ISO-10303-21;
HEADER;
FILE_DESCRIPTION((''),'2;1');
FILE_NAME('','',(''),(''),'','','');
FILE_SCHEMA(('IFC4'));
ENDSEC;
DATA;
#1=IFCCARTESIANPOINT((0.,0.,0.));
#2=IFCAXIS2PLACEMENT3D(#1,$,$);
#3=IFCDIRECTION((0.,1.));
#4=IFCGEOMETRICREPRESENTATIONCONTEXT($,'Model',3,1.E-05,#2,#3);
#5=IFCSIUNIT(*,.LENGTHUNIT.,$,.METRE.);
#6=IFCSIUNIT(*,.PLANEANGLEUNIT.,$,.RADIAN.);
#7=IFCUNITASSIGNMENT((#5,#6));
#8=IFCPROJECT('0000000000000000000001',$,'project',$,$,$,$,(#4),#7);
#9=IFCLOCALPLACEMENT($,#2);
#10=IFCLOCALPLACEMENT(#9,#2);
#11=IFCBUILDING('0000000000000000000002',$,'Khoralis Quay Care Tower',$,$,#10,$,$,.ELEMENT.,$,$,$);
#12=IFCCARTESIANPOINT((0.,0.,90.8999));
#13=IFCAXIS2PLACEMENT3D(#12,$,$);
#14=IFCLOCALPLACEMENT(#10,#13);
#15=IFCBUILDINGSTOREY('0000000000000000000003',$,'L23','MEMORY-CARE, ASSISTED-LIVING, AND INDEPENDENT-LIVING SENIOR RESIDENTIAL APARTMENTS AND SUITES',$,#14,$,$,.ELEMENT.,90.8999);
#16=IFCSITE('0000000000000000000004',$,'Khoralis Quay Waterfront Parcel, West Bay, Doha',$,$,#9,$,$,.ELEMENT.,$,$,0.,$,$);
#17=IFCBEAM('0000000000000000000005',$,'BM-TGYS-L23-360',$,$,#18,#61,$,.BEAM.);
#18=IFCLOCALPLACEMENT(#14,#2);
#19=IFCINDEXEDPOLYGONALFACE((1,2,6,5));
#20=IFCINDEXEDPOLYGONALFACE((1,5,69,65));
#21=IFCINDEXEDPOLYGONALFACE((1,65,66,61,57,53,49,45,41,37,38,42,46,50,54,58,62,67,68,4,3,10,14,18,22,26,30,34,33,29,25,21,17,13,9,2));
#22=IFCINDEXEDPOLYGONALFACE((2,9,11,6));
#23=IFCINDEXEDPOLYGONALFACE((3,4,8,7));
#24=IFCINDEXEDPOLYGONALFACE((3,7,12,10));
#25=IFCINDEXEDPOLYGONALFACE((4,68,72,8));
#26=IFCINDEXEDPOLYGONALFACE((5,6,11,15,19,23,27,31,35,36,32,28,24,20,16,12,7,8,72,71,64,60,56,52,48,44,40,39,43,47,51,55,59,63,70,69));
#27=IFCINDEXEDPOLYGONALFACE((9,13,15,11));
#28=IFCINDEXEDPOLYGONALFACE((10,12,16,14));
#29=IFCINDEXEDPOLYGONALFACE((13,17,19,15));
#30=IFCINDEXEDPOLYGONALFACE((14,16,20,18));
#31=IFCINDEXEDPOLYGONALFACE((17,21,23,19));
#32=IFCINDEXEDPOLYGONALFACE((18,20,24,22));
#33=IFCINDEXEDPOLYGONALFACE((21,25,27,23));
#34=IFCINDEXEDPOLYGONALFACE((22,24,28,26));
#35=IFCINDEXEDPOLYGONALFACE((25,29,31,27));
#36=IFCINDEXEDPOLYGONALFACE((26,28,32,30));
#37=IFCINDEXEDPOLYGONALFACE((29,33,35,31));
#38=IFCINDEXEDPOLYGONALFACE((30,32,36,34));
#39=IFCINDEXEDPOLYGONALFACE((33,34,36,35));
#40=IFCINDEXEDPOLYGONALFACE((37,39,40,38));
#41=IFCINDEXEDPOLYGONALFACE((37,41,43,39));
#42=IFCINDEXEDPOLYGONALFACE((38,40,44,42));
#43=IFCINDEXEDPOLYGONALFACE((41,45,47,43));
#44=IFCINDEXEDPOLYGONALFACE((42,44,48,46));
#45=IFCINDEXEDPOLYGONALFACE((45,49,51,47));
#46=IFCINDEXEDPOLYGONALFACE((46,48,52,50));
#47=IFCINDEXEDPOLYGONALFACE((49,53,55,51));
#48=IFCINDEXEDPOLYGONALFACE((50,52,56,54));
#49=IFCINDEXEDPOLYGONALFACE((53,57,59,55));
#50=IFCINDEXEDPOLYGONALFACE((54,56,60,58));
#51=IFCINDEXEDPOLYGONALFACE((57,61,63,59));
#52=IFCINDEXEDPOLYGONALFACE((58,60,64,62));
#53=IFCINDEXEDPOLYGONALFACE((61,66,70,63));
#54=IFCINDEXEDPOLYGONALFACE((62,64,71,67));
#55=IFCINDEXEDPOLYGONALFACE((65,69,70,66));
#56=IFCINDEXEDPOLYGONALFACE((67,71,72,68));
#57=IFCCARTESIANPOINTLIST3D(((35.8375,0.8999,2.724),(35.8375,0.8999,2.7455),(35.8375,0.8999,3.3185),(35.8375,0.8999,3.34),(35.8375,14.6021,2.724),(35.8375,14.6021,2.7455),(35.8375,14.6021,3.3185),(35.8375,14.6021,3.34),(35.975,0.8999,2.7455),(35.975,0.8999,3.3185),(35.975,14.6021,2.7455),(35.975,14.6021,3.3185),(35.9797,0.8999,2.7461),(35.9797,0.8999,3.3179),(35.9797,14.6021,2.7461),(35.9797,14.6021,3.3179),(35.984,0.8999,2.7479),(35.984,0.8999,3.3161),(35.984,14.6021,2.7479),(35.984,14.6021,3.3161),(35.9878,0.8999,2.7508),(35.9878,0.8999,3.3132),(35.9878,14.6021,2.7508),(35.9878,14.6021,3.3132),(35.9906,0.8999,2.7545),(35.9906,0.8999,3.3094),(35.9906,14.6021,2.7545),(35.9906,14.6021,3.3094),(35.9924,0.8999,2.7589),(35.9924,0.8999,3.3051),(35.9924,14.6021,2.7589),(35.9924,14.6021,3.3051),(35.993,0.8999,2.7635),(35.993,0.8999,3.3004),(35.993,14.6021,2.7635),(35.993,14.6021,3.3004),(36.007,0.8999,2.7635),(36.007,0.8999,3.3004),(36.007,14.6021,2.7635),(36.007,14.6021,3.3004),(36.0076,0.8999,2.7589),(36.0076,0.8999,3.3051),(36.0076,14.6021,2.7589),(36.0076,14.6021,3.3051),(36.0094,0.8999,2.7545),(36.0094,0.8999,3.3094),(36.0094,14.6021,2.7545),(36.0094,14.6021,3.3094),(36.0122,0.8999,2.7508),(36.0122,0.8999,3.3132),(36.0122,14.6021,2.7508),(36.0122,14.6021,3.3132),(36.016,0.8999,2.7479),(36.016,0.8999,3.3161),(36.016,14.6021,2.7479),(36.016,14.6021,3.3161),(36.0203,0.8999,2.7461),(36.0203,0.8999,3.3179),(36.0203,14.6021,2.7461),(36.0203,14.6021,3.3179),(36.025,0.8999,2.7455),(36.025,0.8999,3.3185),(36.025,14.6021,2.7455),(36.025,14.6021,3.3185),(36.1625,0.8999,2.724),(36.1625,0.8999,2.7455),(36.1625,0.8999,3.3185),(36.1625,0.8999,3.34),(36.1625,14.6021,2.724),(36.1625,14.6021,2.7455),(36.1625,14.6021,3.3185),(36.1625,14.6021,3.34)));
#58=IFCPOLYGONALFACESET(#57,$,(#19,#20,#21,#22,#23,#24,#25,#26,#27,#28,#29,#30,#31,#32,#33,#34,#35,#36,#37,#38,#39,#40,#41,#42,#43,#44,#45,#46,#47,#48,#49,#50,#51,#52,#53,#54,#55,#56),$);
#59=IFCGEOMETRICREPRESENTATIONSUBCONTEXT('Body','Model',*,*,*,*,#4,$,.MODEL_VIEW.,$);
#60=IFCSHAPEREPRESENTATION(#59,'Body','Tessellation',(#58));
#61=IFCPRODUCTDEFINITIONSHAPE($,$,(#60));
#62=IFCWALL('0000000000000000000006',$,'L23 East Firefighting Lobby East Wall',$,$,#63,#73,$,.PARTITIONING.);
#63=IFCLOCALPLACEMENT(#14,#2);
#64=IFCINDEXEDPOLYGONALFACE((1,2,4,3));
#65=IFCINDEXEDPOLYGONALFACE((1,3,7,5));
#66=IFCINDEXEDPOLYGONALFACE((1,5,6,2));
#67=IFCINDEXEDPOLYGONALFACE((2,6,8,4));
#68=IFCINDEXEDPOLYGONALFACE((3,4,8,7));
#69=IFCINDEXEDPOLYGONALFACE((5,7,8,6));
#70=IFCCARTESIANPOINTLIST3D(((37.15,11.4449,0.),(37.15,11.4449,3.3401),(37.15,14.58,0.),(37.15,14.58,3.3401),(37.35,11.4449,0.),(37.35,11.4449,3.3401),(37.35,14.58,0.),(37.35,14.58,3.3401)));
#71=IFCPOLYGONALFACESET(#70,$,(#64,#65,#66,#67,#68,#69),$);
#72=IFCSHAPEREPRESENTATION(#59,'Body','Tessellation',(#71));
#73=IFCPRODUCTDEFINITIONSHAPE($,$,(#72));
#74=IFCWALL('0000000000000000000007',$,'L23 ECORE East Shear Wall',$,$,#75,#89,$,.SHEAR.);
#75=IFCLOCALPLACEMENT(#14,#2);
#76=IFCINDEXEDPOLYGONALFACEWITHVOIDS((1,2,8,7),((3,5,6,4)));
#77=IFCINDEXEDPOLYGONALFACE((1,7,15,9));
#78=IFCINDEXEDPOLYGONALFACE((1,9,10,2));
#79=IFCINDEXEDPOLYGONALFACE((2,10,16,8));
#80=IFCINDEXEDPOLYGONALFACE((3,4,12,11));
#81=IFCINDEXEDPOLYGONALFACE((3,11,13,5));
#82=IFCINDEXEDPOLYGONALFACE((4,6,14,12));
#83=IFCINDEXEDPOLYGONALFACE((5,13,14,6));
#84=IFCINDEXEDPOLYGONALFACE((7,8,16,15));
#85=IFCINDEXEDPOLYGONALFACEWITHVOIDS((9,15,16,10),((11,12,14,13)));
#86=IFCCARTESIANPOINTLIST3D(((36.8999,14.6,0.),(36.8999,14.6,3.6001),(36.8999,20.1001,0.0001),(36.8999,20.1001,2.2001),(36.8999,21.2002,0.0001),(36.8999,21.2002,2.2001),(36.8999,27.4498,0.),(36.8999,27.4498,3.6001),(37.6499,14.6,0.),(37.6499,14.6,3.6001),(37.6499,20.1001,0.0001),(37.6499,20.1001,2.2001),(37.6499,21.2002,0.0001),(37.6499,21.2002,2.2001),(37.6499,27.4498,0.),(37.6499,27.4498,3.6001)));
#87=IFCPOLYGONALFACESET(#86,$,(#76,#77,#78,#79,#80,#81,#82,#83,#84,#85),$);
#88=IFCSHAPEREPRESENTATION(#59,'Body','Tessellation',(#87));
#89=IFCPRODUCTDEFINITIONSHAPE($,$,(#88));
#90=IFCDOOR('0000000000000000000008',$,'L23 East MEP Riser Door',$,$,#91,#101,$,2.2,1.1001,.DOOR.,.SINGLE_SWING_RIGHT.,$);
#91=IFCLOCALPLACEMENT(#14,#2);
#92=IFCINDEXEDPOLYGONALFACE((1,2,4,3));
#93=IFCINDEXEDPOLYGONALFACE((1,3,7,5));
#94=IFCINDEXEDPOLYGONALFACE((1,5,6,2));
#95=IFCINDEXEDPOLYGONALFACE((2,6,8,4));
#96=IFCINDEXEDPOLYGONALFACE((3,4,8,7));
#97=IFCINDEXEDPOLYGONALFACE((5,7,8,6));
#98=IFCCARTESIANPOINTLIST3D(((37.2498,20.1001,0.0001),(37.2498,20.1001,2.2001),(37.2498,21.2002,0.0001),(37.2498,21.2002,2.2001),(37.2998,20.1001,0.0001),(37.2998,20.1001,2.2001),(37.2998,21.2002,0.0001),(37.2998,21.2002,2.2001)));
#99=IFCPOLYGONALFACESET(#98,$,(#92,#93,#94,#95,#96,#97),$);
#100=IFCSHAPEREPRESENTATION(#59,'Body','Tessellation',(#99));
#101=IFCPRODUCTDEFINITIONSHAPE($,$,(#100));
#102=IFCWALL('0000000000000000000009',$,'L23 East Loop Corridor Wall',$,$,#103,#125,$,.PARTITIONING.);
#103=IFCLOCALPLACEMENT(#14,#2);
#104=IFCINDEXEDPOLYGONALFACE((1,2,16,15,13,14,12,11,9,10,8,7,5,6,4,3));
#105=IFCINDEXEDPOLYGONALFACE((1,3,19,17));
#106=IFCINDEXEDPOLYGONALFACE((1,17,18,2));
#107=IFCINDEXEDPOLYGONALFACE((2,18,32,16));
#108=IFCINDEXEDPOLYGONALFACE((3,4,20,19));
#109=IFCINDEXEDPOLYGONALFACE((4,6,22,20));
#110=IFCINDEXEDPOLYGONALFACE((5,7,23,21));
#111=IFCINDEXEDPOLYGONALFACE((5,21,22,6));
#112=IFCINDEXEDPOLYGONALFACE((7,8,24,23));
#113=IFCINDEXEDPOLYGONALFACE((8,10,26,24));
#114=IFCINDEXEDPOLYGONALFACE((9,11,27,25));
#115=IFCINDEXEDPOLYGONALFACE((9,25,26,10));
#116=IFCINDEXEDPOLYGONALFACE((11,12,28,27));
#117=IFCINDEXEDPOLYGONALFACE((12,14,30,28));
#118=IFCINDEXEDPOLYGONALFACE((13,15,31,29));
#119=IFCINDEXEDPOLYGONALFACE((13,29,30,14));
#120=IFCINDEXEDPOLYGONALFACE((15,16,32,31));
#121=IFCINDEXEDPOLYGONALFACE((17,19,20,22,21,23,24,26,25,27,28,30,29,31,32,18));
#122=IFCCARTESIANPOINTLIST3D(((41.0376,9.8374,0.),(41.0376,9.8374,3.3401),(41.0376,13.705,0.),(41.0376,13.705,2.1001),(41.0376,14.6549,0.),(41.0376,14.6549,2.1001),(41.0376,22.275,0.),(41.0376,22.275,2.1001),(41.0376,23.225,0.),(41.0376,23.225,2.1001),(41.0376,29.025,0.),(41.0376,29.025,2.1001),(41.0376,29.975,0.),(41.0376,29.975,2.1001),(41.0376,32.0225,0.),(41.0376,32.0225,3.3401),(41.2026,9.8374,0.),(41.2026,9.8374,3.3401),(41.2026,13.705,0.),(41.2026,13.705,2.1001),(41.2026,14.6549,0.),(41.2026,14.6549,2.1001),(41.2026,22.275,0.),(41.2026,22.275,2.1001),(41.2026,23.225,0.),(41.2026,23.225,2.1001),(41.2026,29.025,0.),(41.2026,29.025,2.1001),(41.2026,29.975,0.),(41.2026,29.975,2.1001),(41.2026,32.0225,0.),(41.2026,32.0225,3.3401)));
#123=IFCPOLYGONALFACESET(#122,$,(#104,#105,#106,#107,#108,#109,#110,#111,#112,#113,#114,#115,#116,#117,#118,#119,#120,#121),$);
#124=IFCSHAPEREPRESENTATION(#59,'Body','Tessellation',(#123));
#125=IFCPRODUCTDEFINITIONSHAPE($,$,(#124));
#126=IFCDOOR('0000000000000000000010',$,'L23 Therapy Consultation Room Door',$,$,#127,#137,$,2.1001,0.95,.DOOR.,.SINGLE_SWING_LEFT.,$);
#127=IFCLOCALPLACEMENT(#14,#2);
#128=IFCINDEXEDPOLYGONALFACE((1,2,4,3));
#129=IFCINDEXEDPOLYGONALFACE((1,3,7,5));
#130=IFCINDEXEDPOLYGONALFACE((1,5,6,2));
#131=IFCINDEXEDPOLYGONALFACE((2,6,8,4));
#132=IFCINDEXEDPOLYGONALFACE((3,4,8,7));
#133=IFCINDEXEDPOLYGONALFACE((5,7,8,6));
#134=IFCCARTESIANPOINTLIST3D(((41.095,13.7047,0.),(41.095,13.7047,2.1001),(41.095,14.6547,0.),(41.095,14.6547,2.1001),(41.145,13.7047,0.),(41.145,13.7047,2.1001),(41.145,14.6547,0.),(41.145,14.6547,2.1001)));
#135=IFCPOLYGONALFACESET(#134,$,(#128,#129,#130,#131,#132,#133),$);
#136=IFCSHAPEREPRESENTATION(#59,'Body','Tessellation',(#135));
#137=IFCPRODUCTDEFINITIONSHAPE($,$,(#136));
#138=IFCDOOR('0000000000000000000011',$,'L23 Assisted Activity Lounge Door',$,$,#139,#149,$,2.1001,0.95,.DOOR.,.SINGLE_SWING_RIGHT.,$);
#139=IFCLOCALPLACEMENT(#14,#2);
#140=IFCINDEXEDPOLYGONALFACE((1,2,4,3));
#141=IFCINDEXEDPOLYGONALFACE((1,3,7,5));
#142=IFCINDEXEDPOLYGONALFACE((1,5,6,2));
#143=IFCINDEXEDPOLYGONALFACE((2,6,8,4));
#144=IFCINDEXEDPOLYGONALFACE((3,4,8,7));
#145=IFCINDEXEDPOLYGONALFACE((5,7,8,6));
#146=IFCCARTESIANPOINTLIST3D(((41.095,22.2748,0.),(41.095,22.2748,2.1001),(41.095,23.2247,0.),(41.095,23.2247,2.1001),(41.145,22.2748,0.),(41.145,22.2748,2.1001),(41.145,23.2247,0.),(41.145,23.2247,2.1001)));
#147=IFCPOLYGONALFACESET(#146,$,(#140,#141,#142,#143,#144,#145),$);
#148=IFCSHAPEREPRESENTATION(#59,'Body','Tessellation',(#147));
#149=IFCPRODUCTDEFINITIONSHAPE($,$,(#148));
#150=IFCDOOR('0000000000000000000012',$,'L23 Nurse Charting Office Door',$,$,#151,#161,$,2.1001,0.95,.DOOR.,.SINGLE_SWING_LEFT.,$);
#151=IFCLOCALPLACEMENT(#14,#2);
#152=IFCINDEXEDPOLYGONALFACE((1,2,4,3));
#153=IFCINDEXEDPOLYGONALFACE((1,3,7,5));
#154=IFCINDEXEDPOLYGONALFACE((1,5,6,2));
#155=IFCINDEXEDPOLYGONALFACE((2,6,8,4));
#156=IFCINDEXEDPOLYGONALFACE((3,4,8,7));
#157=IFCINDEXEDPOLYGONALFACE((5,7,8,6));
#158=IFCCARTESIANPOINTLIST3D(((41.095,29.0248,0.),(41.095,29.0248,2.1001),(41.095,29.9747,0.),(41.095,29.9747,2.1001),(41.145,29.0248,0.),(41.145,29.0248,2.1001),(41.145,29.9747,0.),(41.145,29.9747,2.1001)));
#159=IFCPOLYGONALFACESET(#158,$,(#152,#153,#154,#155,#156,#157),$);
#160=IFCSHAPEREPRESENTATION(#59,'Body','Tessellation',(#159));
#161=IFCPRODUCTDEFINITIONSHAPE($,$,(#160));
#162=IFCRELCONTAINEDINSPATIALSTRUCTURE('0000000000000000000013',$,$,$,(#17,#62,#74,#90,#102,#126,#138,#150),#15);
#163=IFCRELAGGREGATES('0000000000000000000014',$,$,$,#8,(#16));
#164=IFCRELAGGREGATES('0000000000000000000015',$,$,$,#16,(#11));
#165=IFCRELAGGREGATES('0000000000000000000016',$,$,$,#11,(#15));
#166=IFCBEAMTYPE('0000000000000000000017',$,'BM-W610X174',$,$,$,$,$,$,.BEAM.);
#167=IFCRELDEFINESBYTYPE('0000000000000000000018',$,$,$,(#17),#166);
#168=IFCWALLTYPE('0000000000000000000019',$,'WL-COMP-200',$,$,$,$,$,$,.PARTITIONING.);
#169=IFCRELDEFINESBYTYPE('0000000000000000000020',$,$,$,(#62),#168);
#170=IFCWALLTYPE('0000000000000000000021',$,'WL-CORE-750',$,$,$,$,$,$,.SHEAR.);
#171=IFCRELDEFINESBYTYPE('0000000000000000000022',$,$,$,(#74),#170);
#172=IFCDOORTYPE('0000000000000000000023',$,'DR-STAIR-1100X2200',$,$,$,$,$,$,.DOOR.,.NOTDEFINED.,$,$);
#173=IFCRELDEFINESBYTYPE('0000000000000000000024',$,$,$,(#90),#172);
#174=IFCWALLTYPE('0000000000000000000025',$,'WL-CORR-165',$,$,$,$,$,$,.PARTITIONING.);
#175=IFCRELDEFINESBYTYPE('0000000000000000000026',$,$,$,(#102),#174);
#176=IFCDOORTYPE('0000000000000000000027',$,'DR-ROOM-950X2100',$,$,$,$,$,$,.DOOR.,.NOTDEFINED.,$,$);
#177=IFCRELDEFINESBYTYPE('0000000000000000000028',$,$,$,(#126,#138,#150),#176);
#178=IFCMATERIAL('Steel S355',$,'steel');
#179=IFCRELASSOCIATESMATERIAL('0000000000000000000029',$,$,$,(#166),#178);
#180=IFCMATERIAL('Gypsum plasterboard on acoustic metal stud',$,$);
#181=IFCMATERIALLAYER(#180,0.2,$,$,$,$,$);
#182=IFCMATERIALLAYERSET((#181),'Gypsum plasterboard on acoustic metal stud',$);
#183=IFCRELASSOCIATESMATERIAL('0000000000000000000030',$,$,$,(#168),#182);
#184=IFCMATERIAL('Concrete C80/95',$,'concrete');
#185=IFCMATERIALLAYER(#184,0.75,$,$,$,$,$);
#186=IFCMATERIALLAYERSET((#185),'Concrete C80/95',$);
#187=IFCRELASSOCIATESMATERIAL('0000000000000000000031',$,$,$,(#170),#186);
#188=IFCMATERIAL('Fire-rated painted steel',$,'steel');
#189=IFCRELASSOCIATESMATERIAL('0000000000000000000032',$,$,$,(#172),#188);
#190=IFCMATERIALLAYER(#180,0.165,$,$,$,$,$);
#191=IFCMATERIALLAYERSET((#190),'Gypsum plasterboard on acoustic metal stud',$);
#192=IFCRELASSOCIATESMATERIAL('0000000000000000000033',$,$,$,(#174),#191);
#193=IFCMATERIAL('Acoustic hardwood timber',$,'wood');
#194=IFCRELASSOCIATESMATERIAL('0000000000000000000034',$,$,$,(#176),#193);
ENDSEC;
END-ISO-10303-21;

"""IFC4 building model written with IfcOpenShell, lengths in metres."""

from ifc_helpers import new_model, si_unit, direction, frame, frame_2d, origin, origin_2d, place, context, subcontext, project, spatial, rectangle, i_section, extrude, source, transform, mapped, material, layer, layer_set, material_profile, profile_set, type_object, element, fill, save


model = new_model("IFC4")

# Units and contexts
model_context = context("Model", 3, precision=1e-05, world=origin(), true_north=direction((0.0, 1.0)))
body_context = subcontext(model_context, "Body", "Model", "MODEL_VIEW")
ifc_project = project(units=[si_unit("LENGTHUNIT", "METRE"), si_unit("PLANEANGLEUNIT", "RADIAN")], contexts=[model_context])

# Site, building, storey
site_placement = place(None, origin())
site = spatial("IfcSite", under=ifc_project, at=site_placement, Name="Khoralis Quay Waterfront Parcel, West Bay, Doha", CompositionType="ELEMENT", RefElevation=0.0)
building_placement = place(site_placement, origin())
building = spatial("IfcBuilding", under=site, at=building_placement, Name="Khoralis Quay Care Tower", CompositionType="ELEMENT")
storey_placement = place(building_placement, frame((0.0, 0.0, 90.8999)))
storey = spatial("IfcBuildingStorey", under=building, at=storey_placement, Name="L23", Description="MEMORY-CARE, ASSISTED-LIVING, AND INDEPENDENT-LIVING SENIOR RESIDENTIAL APARTMENTS AND SUITES", CompositionType="ELEMENT", Elevation=90.8999)

# Beam
ifc_material_1 = material(Name="Steel S355", Category="steel")
ifc_material_profile_1 = material_profile(ifc_material_1, i_section(OverallWidth=0.325, OverallDepth=0.616, WebThickness=0.0139, FlangeThickness=0.0215, FilletRadius=0.0181, at=origin_2d()), Name="Steel S355")
ifc_profile_set_1 = profile_set([ifc_material_profile_1], Name="Steel S355")
beam_type_1 = type_object("IfcBeamType", Name="BM-W610X174", PredefinedType="BEAM", material=ifc_profile_set_1)
shared_shape_1 = source(origin(), body_context, "Body", "SweptSolid", [
    extrude(i_section(OverallWidth=0.325, OverallDepth=0.616, WebThickness=0.0139, FlangeThickness=0.0215, FilletRadius=0.0181, at=origin_2d()), origin(), (0.0, 0.0, 1.0), 13.7021),
])
beam_1_placement = place(storey_placement, frame((36.0, 0.8999, 3.032), z_axis=(0.0, 1.0, 0.0), x_axis=(-1.0, 0.0, 0.0)))
element("IfcBeam", 1, at=beam_1_placement, inside=storey, type_object=beam_type_1, Name="BM-TGYS-L23-360", PredefinedType="BEAM", context=body_context, shape_type="MappedRepresentation", body=[
    mapped(shared_shape_1, transform((0.0, 0.0, 0.0), scale=1.0)),
])

# Wall
ifc_material_2 = material(Name="Gypsum plasterboard on acoustic metal stud")
ifc_layer_1 = layer(ifc_material_2, 0.2)
ifc_layer_set_1 = layer_set([ifc_layer_1], Name="Gypsum plasterboard on acoustic metal stud")
wall_type_1 = type_object("IfcWallType", Name="WL-COMP-200", PredefinedType="PARTITIONING", material=ifc_layer_set_1)
wall_1_placement = place(storey_placement, frame((37.25, 11.4451, 0.0), z_axis=(0.0, 0.0, 1.0), x_axis=(0.0, 1.0, 0.0)))
element("IfcWall", 2, at=wall_1_placement, inside=storey, type_object=wall_type_1, Name="L23 East Firefighting Lobby East Wall", PredefinedType="PARTITIONING", context=body_context, shape_type="SweptSolid", body=[
    extrude(rectangle(XDim=3.135, YDim=0.2, at=frame_2d((1.5674, 0.0))), origin(), (0.0, 0.0, 1.0), 3.3401),
])

# Wall, opening, door
ifc_material_3 = material(Name="Concrete C80/95", Category="concrete")
ifc_layer_2 = layer(ifc_material_3, 0.75)
ifc_layer_set_2 = layer_set([ifc_layer_2], Name="Concrete C80/95")
wall_type_2 = type_object("IfcWallType", Name="WL-CORE-750", PredefinedType="SHEAR", material=ifc_layer_set_2)
wall_2_placement = place(storey_placement, frame((37.2749, 14.6001, 0.0), z_axis=(0.0, 0.0, 1.0), x_axis=(0.0, 1.0, 0.0)))
wall_2 = element("IfcWall", 3, at=wall_2_placement, inside=storey, type_object=wall_type_2, Name="L23 ECORE East Shear Wall", PredefinedType="SHEAR", context=body_context, shape_type="SweptSolid", body=[
    extrude(rectangle(XDim=12.8499, YDim=0.75, at=frame_2d((6.4248, 0.0))), origin(), (0.0, 0.0, 1.0), 3.6001),
])
opening_1_placement = place(wall_2_placement, frame((5.5, 0.0, 0.0)))
opening_1 = element("IfcOpeningElement", 4, at=opening_1_placement, cuts=wall_2, PredefinedType="OPENING", context=body_context, shape_type="SweptSolid", body=[
    extrude(rectangle(XDim=1.1001, YDim=2.2, at=frame_2d((0.55, 1.1001))), frame((0.0, 0.385, 0.0), z_axis=(0.0, -1.0, 0.0), x_axis=(1.0, 0.0, 0.0)), (0.0, 0.0, 1.0), 0.77),
])
ifc_material_4 = material(Name="Fire-rated painted steel", Category="steel")
door_type_1 = type_object("IfcDoorType", Name="DR-STAIR-1100X2200", OperationType="NOTDEFINED", PredefinedType="DOOR", material=ifc_material_4)
shared_shape_2 = source(origin(), body_context, "Body", "SweptSolid", [
    extrude(rectangle(XDim=1.1001, YDim=2.2, at=frame_2d((0.55, 1.1001))), frame((0.0, 0.0249, 0.0), z_axis=(0.0, -1.0, 0.0), x_axis=(1.0, 0.0, 0.0)), (0.0, 0.0, 1.0), 0.05),
])
door_1_placement = place(opening_1_placement, frame((1.1001, 0.0, 0.0), z_axis=(0.0, 0.0, 1.0), x_axis=(-1.0, 0.0, 0.0)))
door_1 = element("IfcDoor", 5, at=door_1_placement, inside=storey, type_object=door_type_1, Name="L23 East MEP Riser Door", OperationType="SINGLE_SWING_RIGHT", OverallHeight=2.2, OverallWidth=1.1001, PredefinedType="DOOR", context=body_context, shape_type="MappedRepresentation", body=[
    mapped(shared_shape_2, transform((0.0, 0.0, 0.0), scale=1.0)),
])
fill(opening_1, door_1)

# Wall, openings, doors
ifc_layer_3 = layer(ifc_material_2, 0.165)
ifc_layer_set_3 = layer_set([ifc_layer_3], Name="Gypsum plasterboard on acoustic metal stud")
wall_type_3 = type_object("IfcWallType", Name="WL-CORR-165", PredefinedType="PARTITIONING", material=ifc_layer_set_3)
wall_3_placement = place(storey_placement, frame((41.1201, 9.8374, 0.0), z_axis=(0.0, 0.0, 1.0), x_axis=(0.0, 1.0, 0.0)))
wall_3 = element("IfcWall", 6, at=wall_3_placement, inside=storey, type_object=wall_type_3, Name="L23 East Loop Corridor Wall", PredefinedType="PARTITIONING", context=body_context, shape_type="SweptSolid", body=[
    extrude(rectangle(XDim=22.1851, YDim=0.165, at=frame_2d((11.0925, 0.0))), origin(), (0.0, 0.0, 1.0), 3.3401),
])
opening_2_placement = place(wall_3_placement, frame((3.8674, 0.0, 0.0)))
opening_2 = element("IfcOpeningElement", 7, at=opening_2_placement, cuts=wall_3, PredefinedType="OPENING", context=body_context, shape_type="SweptSolid", body=[
    extrude(rectangle(XDim=0.95, YDim=2.1001, at=frame_2d((0.4751, 1.05))), frame((0.0, 0.0925, 0.0), z_axis=(0.0, -1.0, 0.0), x_axis=(1.0, 0.0, 0.0)), (0.0, 0.0, 1.0), 0.1851),
])
opening_3_placement = place(wall_3_placement, frame((12.4375, 0.0, 0.0)))
opening_3 = element("IfcOpeningElement", 8, at=opening_3_placement, cuts=wall_3, PredefinedType="OPENING", context=body_context, shape_type="SweptSolid", body=[
    extrude(rectangle(XDim=0.95, YDim=2.1001, at=frame_2d((0.4751, 1.05))), frame((0.0, 0.0925, 0.0), z_axis=(0.0, -1.0, 0.0), x_axis=(1.0, 0.0, 0.0)), (0.0, 0.0, 1.0), 0.1851),
])
opening_4_placement = place(wall_3_placement, frame((19.1875, 0.0, 0.0)))
opening_4 = element("IfcOpeningElement", 9, at=opening_4_placement, cuts=wall_3, PredefinedType="OPENING", context=body_context, shape_type="SweptSolid", body=[
    extrude(rectangle(XDim=0.95, YDim=2.1001, at=frame_2d((0.4751, 1.05))), frame((0.0, 0.0925, 0.0), z_axis=(0.0, -1.0, 0.0), x_axis=(1.0, 0.0, 0.0)), (0.0, 0.0, 1.0), 0.1851),
])
ifc_material_5 = material(Name="Acoustic hardwood timber", Category="wood")
door_type_2 = type_object("IfcDoorType", Name="DR-ROOM-950X2100", OperationType="NOTDEFINED", PredefinedType="DOOR", material=ifc_material_5)
shared_shape_3 = source(origin(), body_context, "Body", "SweptSolid", [
    extrude(rectangle(XDim=0.95, YDim=2.1001, at=frame_2d((0.4751, 1.05))), frame((0.0, 0.0249, 0.0), z_axis=(0.0, -1.0, 0.0), x_axis=(1.0, 0.0, 0.0)), (0.0, 0.0, 1.0), 0.05),
])
door_2_placement = place(opening_2_placement, frame((0.95, 0.0, 0.0), z_axis=(0.0, 0.0, 1.0), x_axis=(-1.0, 0.0, 0.0)))
door_2 = element("IfcDoor", 10, at=door_2_placement, inside=storey, type_object=door_type_2, Name="L23 Therapy Consultation Room Door", OperationType="SINGLE_SWING_LEFT", OverallHeight=2.1001, OverallWidth=0.95, PredefinedType="DOOR", context=body_context, shape_type="MappedRepresentation", body=[
    mapped(shared_shape_3, transform((0.0, 0.0, 0.0), scale=1.0)),
])
fill(opening_2, door_2)
door_3_placement = place(opening_3_placement, frame((0.95, 0.0, 0.0), z_axis=(0.0, 0.0, 1.0), x_axis=(-1.0, 0.0, 0.0)))
door_3 = element("IfcDoor", 11, at=door_3_placement, inside=storey, type_object=door_type_2, Name="L23 Assisted Activity Lounge Door", OperationType="SINGLE_SWING_RIGHT", OverallHeight=2.1001, OverallWidth=0.95, PredefinedType="DOOR", context=body_context, shape_type="MappedRepresentation", body=[
    mapped(shared_shape_3, transform((0.0, 0.0, 0.0), scale=1.0)),
])
fill(opening_3, door_3)
door_4_placement = place(opening_4_placement, frame((0.95, 0.0, 0.0), z_axis=(0.0, 0.0, 1.0), x_axis=(-1.0, 0.0, 0.0)))
door_4 = element("IfcDoor", 12, at=door_4_placement, inside=storey, type_object=door_type_2, Name="L23 Nurse Charting Office Door", OperationType="SINGLE_SWING_LEFT", OverallHeight=2.1001, OverallWidth=0.95, PredefinedType="DOOR", context=body_context, shape_type="MappedRepresentation", body=[
    mapped(shared_shape_3, transform((0.0, 0.0, 0.0), scale=1.0)),
])
fill(opening_4, door_4)

save(model, "model.ifc")
